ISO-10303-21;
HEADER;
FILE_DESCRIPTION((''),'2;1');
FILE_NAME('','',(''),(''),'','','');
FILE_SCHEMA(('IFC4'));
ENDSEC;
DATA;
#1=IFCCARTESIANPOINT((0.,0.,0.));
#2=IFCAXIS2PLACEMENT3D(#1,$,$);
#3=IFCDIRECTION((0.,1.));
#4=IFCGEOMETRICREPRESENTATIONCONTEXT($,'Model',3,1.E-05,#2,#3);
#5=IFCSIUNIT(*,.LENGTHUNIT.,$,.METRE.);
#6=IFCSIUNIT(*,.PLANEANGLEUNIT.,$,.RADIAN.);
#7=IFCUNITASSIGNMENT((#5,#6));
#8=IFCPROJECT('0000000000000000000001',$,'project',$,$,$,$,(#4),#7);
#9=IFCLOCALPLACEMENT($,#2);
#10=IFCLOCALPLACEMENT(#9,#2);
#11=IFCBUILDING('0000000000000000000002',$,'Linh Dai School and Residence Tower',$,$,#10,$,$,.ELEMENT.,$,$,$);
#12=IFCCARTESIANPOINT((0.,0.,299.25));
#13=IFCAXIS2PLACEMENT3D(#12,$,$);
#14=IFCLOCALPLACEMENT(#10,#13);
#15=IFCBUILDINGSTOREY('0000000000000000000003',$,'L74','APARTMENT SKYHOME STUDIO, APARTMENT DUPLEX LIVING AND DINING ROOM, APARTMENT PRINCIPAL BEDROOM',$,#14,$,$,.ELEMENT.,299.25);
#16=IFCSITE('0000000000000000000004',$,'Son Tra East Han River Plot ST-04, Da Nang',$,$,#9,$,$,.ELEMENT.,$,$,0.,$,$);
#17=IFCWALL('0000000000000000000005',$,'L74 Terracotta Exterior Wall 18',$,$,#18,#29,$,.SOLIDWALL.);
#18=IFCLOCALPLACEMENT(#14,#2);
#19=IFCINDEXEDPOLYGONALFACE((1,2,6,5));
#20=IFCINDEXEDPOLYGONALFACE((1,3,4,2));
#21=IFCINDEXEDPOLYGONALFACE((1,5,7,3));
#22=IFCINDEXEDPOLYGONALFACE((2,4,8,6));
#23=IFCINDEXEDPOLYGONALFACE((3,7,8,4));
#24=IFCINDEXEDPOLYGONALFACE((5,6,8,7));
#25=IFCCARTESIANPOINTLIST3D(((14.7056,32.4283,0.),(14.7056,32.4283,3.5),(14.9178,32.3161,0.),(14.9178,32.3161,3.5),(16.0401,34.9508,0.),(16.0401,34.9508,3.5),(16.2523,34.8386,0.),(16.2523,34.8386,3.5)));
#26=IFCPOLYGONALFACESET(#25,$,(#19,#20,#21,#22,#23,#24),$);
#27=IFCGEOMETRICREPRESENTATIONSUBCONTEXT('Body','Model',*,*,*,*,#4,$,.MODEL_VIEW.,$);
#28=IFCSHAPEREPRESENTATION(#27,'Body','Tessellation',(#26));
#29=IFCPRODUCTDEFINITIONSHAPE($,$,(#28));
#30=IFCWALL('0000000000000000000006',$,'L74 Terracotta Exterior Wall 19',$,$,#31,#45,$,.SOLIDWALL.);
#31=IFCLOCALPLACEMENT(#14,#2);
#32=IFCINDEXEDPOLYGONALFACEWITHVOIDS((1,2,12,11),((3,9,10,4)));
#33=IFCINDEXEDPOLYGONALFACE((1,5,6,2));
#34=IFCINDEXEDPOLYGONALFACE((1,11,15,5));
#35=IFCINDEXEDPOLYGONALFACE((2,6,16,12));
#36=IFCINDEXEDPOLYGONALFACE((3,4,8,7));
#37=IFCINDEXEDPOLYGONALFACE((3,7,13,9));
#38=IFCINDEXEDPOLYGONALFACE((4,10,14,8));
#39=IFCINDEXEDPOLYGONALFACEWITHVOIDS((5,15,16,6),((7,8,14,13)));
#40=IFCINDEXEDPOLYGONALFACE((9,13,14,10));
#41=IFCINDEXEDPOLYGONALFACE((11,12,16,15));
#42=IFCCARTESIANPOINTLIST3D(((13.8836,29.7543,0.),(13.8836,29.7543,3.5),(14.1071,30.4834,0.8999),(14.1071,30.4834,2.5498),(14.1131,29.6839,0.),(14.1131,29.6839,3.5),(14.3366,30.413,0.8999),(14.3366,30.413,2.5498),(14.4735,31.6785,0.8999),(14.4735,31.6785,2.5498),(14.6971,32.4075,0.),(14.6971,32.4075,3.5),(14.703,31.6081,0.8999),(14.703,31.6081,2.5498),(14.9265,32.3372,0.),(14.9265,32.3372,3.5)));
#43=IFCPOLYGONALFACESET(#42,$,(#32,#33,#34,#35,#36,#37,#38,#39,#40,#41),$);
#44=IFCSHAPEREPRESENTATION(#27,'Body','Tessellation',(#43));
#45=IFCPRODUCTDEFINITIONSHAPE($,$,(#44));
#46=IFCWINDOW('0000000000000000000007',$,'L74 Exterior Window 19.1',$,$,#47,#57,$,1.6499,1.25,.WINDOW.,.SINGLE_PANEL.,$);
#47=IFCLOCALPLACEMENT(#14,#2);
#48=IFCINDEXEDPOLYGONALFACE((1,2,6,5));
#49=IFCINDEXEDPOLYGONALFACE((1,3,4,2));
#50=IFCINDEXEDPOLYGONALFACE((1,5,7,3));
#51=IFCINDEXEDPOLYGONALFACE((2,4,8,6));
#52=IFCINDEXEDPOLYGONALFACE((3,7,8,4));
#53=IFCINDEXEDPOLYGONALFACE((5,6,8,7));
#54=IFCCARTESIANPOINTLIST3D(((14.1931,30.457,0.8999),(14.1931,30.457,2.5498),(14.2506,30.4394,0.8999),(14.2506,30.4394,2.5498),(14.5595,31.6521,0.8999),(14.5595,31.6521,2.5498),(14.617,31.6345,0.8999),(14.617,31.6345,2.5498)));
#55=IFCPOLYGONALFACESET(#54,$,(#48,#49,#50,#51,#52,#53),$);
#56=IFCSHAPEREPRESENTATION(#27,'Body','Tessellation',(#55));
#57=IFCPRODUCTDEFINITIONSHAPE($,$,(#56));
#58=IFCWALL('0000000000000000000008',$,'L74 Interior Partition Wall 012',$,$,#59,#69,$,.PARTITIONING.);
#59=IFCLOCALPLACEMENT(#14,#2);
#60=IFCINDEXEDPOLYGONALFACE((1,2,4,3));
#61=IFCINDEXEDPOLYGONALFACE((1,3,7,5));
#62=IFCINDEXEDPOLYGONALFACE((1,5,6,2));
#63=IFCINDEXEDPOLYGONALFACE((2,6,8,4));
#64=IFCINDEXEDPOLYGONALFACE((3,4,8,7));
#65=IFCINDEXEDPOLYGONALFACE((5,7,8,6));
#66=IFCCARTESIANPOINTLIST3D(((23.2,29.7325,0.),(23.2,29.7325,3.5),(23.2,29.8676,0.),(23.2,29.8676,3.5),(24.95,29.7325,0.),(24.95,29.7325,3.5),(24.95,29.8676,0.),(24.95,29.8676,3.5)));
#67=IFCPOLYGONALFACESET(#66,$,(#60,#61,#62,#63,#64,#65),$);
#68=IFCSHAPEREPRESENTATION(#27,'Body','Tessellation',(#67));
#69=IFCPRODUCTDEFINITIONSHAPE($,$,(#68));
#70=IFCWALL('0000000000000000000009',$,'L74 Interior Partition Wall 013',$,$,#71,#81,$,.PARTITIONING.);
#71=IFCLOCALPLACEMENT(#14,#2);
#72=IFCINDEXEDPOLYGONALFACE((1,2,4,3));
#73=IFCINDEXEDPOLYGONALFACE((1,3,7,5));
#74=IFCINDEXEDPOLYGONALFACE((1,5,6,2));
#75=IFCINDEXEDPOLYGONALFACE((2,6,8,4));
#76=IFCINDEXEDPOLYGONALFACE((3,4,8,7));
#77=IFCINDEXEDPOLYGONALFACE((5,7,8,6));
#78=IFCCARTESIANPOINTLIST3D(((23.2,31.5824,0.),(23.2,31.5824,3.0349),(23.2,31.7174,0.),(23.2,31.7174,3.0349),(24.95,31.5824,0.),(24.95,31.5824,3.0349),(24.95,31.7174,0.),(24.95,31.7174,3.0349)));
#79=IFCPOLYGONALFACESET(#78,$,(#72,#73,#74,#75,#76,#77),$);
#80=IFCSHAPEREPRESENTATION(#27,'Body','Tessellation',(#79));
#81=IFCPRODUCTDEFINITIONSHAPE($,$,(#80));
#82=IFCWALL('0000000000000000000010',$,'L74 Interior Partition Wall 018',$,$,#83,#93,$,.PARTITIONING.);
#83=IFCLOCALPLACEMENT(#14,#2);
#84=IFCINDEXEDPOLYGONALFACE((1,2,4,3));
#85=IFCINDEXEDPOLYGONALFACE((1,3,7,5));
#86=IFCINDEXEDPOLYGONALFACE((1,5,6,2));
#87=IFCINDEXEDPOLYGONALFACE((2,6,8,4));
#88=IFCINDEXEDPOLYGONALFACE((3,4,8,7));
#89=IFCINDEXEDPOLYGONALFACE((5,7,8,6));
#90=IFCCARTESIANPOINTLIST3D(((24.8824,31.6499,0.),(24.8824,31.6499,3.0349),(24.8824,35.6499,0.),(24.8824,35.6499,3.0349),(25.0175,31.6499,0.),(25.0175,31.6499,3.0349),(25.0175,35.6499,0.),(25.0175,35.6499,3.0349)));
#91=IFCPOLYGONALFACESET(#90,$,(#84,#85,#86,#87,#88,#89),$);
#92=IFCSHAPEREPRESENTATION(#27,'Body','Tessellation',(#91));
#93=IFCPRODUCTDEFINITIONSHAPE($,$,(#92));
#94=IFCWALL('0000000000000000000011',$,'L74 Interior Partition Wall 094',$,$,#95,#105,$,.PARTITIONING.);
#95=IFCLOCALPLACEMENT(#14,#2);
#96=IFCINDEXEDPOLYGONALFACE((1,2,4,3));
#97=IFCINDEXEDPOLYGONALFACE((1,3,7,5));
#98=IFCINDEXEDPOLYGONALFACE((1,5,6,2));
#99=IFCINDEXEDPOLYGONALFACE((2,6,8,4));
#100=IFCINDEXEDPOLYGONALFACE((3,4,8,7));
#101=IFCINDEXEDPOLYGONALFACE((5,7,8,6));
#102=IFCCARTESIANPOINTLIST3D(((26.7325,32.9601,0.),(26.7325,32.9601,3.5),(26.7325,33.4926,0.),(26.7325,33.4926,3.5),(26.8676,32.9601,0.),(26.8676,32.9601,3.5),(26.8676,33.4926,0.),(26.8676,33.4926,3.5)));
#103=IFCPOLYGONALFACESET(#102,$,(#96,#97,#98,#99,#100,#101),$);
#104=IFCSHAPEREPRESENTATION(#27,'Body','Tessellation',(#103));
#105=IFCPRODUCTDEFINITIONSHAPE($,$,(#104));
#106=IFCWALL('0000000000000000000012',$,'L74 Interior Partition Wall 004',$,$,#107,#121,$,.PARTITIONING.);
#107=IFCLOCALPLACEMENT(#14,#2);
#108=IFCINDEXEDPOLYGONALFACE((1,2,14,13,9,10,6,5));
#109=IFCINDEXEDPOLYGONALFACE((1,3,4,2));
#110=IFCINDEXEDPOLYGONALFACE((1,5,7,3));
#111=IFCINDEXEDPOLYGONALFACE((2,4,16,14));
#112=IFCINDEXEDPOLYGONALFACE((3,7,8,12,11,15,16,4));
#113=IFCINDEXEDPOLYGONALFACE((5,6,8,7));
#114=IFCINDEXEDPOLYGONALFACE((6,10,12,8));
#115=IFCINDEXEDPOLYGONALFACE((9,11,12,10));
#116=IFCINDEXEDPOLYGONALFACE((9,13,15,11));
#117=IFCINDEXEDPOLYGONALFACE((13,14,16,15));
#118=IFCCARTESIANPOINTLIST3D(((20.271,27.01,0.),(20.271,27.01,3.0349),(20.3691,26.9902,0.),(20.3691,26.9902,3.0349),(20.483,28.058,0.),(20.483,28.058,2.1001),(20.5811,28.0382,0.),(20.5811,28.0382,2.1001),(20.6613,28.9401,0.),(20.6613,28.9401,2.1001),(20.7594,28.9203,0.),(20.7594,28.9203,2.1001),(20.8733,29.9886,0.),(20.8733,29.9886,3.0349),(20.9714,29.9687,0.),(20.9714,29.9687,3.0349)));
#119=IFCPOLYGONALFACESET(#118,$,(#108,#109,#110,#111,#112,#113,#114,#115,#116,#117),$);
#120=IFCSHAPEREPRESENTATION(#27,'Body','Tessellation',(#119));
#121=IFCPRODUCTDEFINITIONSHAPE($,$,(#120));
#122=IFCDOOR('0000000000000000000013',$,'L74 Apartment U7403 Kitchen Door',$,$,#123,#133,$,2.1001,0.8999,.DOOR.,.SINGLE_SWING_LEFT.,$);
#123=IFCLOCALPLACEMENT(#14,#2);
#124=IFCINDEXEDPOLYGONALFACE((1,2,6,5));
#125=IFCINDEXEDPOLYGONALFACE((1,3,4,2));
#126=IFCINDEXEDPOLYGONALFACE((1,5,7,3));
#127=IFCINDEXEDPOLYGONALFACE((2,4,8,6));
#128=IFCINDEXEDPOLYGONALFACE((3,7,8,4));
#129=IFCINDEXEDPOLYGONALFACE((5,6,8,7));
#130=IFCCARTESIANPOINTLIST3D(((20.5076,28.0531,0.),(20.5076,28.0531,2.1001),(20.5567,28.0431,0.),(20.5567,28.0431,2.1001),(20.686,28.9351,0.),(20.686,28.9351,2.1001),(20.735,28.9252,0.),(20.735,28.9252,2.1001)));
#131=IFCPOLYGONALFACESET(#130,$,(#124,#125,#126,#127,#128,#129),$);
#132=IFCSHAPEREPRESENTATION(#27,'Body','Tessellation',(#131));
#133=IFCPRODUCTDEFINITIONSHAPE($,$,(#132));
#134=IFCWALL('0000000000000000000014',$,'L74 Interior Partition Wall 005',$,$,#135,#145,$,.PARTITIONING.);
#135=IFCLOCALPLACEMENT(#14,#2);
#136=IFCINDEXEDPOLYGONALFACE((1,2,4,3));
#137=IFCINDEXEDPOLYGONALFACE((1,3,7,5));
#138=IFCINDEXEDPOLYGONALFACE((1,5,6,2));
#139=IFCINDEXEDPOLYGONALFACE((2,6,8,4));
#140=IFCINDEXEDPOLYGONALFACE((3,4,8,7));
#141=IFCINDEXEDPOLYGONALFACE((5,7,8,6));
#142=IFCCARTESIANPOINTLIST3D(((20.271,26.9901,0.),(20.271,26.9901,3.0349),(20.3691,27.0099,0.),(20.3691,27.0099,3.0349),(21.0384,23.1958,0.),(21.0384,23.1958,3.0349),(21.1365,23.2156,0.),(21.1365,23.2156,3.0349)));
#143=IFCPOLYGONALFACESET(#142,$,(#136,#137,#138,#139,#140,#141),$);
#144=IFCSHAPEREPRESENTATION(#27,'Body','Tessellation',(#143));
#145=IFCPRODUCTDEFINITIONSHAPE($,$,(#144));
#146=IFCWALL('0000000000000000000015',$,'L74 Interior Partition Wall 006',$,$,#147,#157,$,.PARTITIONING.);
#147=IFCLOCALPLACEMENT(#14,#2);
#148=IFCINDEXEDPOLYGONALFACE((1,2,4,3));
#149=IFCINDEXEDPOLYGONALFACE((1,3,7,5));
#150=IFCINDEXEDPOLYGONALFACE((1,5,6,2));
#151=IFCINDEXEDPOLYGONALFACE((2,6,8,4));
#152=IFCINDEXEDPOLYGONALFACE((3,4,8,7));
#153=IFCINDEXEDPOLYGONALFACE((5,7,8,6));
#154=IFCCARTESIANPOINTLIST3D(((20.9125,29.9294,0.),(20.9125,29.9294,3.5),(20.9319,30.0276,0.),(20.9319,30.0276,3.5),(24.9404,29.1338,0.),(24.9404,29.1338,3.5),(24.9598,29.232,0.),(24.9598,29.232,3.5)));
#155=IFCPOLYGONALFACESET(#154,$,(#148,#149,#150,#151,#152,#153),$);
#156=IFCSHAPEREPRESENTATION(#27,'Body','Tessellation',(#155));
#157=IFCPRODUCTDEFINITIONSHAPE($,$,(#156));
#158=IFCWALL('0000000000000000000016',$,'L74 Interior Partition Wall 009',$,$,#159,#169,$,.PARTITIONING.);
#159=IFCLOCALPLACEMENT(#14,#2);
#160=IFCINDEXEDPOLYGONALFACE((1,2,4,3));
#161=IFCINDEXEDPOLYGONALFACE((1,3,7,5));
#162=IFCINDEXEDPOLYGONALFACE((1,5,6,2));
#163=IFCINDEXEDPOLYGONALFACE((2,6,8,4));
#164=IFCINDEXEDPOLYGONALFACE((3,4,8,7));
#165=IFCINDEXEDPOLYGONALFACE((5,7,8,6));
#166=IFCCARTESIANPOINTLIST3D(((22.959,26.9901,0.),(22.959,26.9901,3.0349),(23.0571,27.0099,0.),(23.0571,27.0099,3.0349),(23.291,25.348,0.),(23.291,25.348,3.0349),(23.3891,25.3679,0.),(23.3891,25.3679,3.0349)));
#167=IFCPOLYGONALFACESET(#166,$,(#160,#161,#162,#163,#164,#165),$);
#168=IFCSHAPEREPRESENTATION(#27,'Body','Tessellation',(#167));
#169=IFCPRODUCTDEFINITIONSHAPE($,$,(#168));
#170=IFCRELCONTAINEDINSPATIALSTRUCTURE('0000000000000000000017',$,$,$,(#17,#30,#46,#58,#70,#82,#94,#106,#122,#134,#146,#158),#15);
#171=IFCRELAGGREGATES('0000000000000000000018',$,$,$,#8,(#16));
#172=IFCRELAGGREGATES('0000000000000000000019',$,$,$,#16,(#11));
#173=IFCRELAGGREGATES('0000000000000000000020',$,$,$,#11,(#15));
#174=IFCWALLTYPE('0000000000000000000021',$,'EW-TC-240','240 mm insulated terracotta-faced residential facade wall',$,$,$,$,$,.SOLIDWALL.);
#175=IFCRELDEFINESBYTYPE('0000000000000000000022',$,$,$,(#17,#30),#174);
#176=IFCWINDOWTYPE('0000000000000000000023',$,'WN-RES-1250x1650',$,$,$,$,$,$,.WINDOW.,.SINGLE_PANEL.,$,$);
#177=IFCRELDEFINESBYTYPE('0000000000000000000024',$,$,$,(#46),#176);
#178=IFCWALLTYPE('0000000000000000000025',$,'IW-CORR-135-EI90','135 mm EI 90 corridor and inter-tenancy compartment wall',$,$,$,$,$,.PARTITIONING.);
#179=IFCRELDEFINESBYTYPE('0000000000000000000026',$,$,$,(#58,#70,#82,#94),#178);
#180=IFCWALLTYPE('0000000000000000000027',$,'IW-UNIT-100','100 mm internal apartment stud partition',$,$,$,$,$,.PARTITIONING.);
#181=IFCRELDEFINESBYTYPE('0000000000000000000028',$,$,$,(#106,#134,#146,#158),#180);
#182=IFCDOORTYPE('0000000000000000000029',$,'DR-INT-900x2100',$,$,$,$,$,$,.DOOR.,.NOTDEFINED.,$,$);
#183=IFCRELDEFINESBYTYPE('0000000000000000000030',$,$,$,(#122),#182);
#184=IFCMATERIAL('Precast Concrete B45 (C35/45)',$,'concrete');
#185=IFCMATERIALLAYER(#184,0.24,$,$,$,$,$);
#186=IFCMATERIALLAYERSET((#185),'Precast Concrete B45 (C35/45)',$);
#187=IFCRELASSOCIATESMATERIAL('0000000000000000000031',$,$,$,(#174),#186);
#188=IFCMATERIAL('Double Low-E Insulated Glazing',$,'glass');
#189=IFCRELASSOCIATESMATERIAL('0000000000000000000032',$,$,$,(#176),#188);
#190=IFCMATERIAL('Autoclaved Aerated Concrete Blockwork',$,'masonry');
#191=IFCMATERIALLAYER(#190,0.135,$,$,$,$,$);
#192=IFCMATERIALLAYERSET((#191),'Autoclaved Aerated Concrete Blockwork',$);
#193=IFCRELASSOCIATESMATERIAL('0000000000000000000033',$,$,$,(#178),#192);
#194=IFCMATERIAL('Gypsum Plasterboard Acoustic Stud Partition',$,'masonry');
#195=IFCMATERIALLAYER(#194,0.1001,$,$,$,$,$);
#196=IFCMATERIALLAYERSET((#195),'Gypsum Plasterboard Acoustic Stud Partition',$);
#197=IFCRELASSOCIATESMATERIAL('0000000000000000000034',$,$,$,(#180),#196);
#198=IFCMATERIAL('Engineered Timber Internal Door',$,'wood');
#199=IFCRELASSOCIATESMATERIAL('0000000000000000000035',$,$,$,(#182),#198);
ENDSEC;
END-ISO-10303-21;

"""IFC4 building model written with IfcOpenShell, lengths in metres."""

from ifc_helpers import new_model, si_unit, direction, frame, frame_2d, origin, origin_2d, place, context, subcontext, project, spatial, rectangle, extrude, source, transform, mapped, material, layer, layer_set, type_object, element, fill, save


model = new_model("IFC4")

# Units and contexts
model_context = context("Model", 3, precision=1e-05, world=origin(), true_north=direction((0.0, 1.0)))
body_context = subcontext(model_context, "Body", "Model", "MODEL_VIEW")
ifc_project = project(units=[si_unit("LENGTHUNIT", "METRE"), si_unit("PLANEANGLEUNIT", "RADIAN")], contexts=[model_context])

# Site, building, storey
site_placement = place(None, origin())
site = spatial("IfcSite", under=ifc_project, at=site_placement, Name="Son Tra East Han River Plot ST-04, Da Nang", CompositionType="ELEMENT", RefElevation=0.0)
building_placement = place(site_placement, origin())
building = spatial("IfcBuilding", under=site, at=building_placement, Name="Linh Dai School and Residence Tower", CompositionType="ELEMENT")
storey_placement = place(building_placement, frame((0.0, 0.0, 299.25)))
storey = spatial("IfcBuildingStorey", under=building, at=storey_placement, Name="L74", Description="APARTMENT SKYHOME STUDIO, APARTMENT DUPLEX LIVING AND DINING ROOM, APARTMENT PRINCIPAL BEDROOM", CompositionType="ELEMENT", Elevation=299.25)

# Wall
ifc_material_1 = material(Name="Precast Concrete B45 (C35/45)", Category="concrete")
ifc_layer_1 = layer(ifc_material_1, 0.24)
ifc_layer_set_1 = layer_set([ifc_layer_1], Name="Precast Concrete B45 (C35/45)")
wall_type_1 = type_object("IfcWallType", Name="EW-TC-240", Description="240 mm insulated terracotta-faced residential facade wall", PredefinedType="SOLIDWALL", material=ifc_layer_set_1)
wall_1_placement = place(storey_placement, frame((14.8118, 32.3723, 0.0), z_axis=(0.0, 0.0, 1.0), x_axis=(0.467628, 0.883925, 0.0)))
element("IfcWall", 1, at=wall_1_placement, inside=storey, type_object=wall_type_1, Name="L74 Terracotta Exterior Wall 18", PredefinedType="SOLIDWALL", context=body_context, shape_type="SweptSolid", body=[
    extrude(rectangle(XDim=2.8538, YDim=0.24, at=frame_2d((1.4268, 0.0))), origin(), (0.0, 0.0, 1.0), 3.5),
])

# Wall, opening, window
wall_2_placement = place(storey_placement, frame((13.9983, 29.719, 0.0), z_axis=(0.0, 0.0, 1.0), x_axis=(0.293121, 0.956075, 0.0)))
wall_2 = element("IfcWall", 2, at=wall_2_placement, inside=storey, type_object=wall_type_1, Name="L74 Terracotta Exterior Wall 19", PredefinedType="SOLIDWALL", context=body_context, shape_type="SweptSolid", body=[
    extrude(rectangle(XDim=2.7751, YDim=0.24, at=frame_2d((1.3877, 0.0))), origin(), (0.0, 0.0, 1.0), 3.5),
])
opening_1_placement = place(wall_2_placement, frame((0.7627, 0.0, 0.8999)))
opening_1 = element("IfcOpeningElement", 3, at=opening_1_placement, cuts=wall_2, PredefinedType="OPENING", context=body_context, shape_type="SweptSolid", body=[
    extrude(rectangle(XDim=1.25, YDim=1.6499, at=origin_2d()), frame((0.625, 0.1299, 0.825), z_axis=(0.0, -1.0, 0.0), x_axis=(1.0, 0.0, 0.0)), (0.0, 0.0, 1.0), 0.26),
])
ifc_material_2 = material(Name="Double Low-E Insulated Glazing", Category="glass")
window_type = type_object("IfcWindowType", Name="WN-RES-1250x1650", PartitioningType="SINGLE_PANEL", PredefinedType="WINDOW", material=ifc_material_2)
shared_shape_1 = source(origin(), body_context, "Body", "SweptSolid", [
    extrude(rectangle(XDim=1.25, YDim=1.6499, at=origin_2d()), frame((0.625, 0.03, 0.825), z_axis=(0.0, -1.0, 0.0), x_axis=(1.0, 0.0, 0.0)), (0.0, 0.0, 1.0), 0.0601),
])
window_placement = place(opening_1_placement, origin())
window = element("IfcWindow", 4, at=window_placement, inside=storey, type_object=window_type, Name="L74 Exterior Window 19.1", OverallHeight=1.6499, OverallWidth=1.25, PartitioningType="SINGLE_PANEL", PredefinedType="WINDOW", context=body_context, shape_type="MappedRepresentation", body=[
    mapped(shared_shape_1, transform((0.0, 0.0, 0.0), x_axis=(1.0, 0.0, 0.0), y_axis=(0.0, 1.0, 0.0), z_axis=(0.0, 0.0, 1.0), scale=1.0)),
])
fill(opening_1, window)

# Shared definitions
ifc_material_3 = material(Name="Autoclaved Aerated Concrete Blockwork", Category="masonry")
ifc_layer_2 = layer(ifc_material_3, 0.135)
ifc_layer_set_2 = layer_set([ifc_layer_2], Name="Autoclaved Aerated Concrete Blockwork")
wall_type_2 = type_object("IfcWallType", Name="IW-CORR-135-EI90", Description="135 mm EI 90 corridor and inter-tenancy compartment wall", PredefinedType="PARTITIONING", material=ifc_layer_set_2)

# Walls
wall_3_placement = place(storey_placement, frame((23.2, 29.8, 0.0), z_axis=(0.0, 0.0, 1.0), x_axis=(1.0, 0.0, 0.0)))
element("IfcWall", 5, at=wall_3_placement, inside=storey, type_object=wall_type_2, Name="L74 Interior Partition Wall 012", PredefinedType="PARTITIONING", context=body_context, shape_type="SweptSolid", body=[
    extrude(rectangle(XDim=1.75, YDim=0.135, at=frame_2d((0.875, 0.0))), origin(), (0.0, 0.0, 1.0), 3.5),
])
wall_4_placement = place(storey_placement, frame((23.2, 31.6499, 0.0), z_axis=(0.0, 0.0, 1.0), x_axis=(1.0, 0.0, 0.0)))
element("IfcWall", 6, at=wall_4_placement, inside=storey, type_object=wall_type_2, Name="L74 Interior Partition Wall 013", PredefinedType="PARTITIONING", context=body_context, shape_type="SweptSolid", body=[
    extrude(rectangle(XDim=1.75, YDim=0.135, at=frame_2d((0.875, 0.0))), origin(), (0.0, 0.0, 1.0), 3.0349),
])
wall_5_placement = place(storey_placement, frame((24.95, 31.6499, 0.0), z_axis=(0.0, 0.0, 1.0), x_axis=(0.0, 1.0, 0.0)))
element("IfcWall", 7, at=wall_5_placement, inside=storey, type_object=wall_type_2, Name="L74 Interior Partition Wall 018", PredefinedType="PARTITIONING", context=body_context, shape_type="SweptSolid", body=[
    extrude(rectangle(XDim=4.0, YDim=0.135, at=frame_2d((2.0, 0.0))), origin(), (0.0, 0.0, 1.0), 3.0349),
])
wall_6_placement = place(storey_placement, frame((26.8, 33.4924, 0.0), z_axis=(0.0, 0.0, 1.0), x_axis=(0.0, -1.0, 0.0)))
element("IfcWall", 8, at=wall_6_placement, inside=storey, type_object=wall_type_2, Name="L74 Interior Partition Wall 094", PredefinedType="PARTITIONING", context=body_context, shape_type="SweptSolid", body=[
    extrude(rectangle(XDim=0.5325, YDim=0.135, at=frame_2d((0.2661, 0.0))), origin(), (0.0, 0.0, 1.0), 3.5),
])

# Wall, opening, door
ifc_material_4 = material(Name="Gypsum Plasterboard Acoustic Stud Partition", Category="masonry")
ifc_layer_3 = layer(ifc_material_4, 0.1001)
ifc_layer_set_3 = layer_set([ifc_layer_3], Name="Gypsum Plasterboard Acoustic Stud Partition")
wall_type_3 = type_object("IfcWallType", Name="IW-UNIT-100", Description="100 mm internal apartment stud partition", PredefinedType="PARTITIONING", material=ifc_layer_set_3)
wall_7_placement = place(storey_placement, frame((20.3201, 27.0, 0.0), z_axis=(0.0, 0.0, 1.0), x_axis=(0.198201, 0.980161, 0.0)))
wall_7 = element("IfcWall", 9, at=wall_7_placement, inside=storey, type_object=wall_type_3, Name="L74 Interior Partition Wall 004", PredefinedType="PARTITIONING", context=body_context, shape_type="SweptSolid", body=[
    extrude(rectangle(XDim=3.0388, YDim=0.1001, at=frame_2d((1.5195, 0.0))), origin(), (0.0, 0.0, 1.0), 3.0349),
])
opening_2_placement = place(wall_7_placement, frame((1.0693, 0.0, 0.0)))
opening_2 = element("IfcOpeningElement", 10, at=opening_2_placement, cuts=wall_7, PredefinedType="OPENING", context=body_context, shape_type="SweptSolid", body=[
    extrude(rectangle(XDim=0.8999, YDim=2.1001, at=origin_2d()), frame((0.45, 0.0601, 1.05), z_axis=(0.0, -1.0, 0.0), x_axis=(1.0, 0.0, 0.0)), (0.0, 0.0, 1.0), 0.1201),
])
ifc_material_5 = material(Name="Engineered Timber Internal Door", Category="wood")
door_type_1 = type_object("IfcDoorType", Name="DR-INT-900x2100", OperationType="NOTDEFINED", PredefinedType="DOOR", material=ifc_material_5)
shared_shape_2 = source(origin(), body_context, "Body", "SweptSolid", [
    extrude(rectangle(XDim=0.8999, YDim=2.1001, at=origin_2d()), frame((0.45, 0.0249, 1.05), z_axis=(0.0, -1.0, 0.0), x_axis=(1.0, 0.0, 0.0)), (0.0, 0.0, 1.0), 0.05),
])
door_1_placement = place(opening_2_placement, origin())
door_1 = element("IfcDoor", 11, at=door_1_placement, inside=storey, type_object=door_type_1, Name="L74 Apartment U7403 Kitchen Door", OperationType="SINGLE_SWING_LEFT", OverallHeight=2.1001, OverallWidth=0.8999, PredefinedType="DOOR", context=body_context, shape_type="MappedRepresentation", body=[
    mapped(shared_shape_2, transform((0.0, 0.0, 0.0), x_axis=(1.0, 0.0, 0.0), y_axis=(0.0, 1.0, 0.0), z_axis=(0.0, 0.0, 1.0), scale=1.0)),
])
fill(opening_2, door_1)

# Walls
wall_8_placement = place(storey_placement, frame((20.3201, 27.0, 0.0), z_axis=(0.0, 0.0, 1.0), x_axis=(0.198226, -0.980156, 0.0)))
element("IfcWall", 12, at=wall_8_placement, inside=storey, type_object=wall_type_3, Name="L74 Interior Partition Wall 005", PredefinedType="PARTITIONING", context=body_context, shape_type="SweptSolid", body=[
    extrude(rectangle(XDim=3.8711, YDim=0.1001, at=frame_2d((1.9355, 0.0))), origin(), (0.0, 0.0, 1.0), 3.0349),
])
wall_9_placement = place(storey_placement, frame((20.9224, 29.9785, 0.0), z_axis=(0.0, 0.0, 1.0), x_axis=(0.981042, -0.193794, 0.0)))
element("IfcWall", 13, at=wall_9_placement, inside=storey, type_object=wall_type_3, Name="L74 Interior Partition Wall 006", PredefinedType="PARTITIONING", context=body_context, shape_type="SweptSolid", body=[
    extrude(rectangle(XDim=4.1057, YDim=0.1001, at=frame_2d((2.0527, 0.0))), origin(), (0.0, 0.0, 1.0), 3.5),
])
wall_10_placement = place(storey_placement, frame((23.0081, 27.0, 0.0), z_axis=(0.0, 0.0, 1.0), x_axis=(0.19819, -0.980164, 0.0)))
element("IfcWall", 14, at=wall_10_placement, inside=storey, type_object=wall_type_3, Name="L74 Interior Partition Wall 009", PredefinedType="PARTITIONING", context=body_context, shape_type="SweptSolid", body=[
    extrude(rectangle(XDim=1.6753, YDim=0.1001, at=frame_2d((0.8376, 0.0))), origin(), (0.0, 0.0, 1.0), 3.0349),
])

save(model, "model.ifc")
